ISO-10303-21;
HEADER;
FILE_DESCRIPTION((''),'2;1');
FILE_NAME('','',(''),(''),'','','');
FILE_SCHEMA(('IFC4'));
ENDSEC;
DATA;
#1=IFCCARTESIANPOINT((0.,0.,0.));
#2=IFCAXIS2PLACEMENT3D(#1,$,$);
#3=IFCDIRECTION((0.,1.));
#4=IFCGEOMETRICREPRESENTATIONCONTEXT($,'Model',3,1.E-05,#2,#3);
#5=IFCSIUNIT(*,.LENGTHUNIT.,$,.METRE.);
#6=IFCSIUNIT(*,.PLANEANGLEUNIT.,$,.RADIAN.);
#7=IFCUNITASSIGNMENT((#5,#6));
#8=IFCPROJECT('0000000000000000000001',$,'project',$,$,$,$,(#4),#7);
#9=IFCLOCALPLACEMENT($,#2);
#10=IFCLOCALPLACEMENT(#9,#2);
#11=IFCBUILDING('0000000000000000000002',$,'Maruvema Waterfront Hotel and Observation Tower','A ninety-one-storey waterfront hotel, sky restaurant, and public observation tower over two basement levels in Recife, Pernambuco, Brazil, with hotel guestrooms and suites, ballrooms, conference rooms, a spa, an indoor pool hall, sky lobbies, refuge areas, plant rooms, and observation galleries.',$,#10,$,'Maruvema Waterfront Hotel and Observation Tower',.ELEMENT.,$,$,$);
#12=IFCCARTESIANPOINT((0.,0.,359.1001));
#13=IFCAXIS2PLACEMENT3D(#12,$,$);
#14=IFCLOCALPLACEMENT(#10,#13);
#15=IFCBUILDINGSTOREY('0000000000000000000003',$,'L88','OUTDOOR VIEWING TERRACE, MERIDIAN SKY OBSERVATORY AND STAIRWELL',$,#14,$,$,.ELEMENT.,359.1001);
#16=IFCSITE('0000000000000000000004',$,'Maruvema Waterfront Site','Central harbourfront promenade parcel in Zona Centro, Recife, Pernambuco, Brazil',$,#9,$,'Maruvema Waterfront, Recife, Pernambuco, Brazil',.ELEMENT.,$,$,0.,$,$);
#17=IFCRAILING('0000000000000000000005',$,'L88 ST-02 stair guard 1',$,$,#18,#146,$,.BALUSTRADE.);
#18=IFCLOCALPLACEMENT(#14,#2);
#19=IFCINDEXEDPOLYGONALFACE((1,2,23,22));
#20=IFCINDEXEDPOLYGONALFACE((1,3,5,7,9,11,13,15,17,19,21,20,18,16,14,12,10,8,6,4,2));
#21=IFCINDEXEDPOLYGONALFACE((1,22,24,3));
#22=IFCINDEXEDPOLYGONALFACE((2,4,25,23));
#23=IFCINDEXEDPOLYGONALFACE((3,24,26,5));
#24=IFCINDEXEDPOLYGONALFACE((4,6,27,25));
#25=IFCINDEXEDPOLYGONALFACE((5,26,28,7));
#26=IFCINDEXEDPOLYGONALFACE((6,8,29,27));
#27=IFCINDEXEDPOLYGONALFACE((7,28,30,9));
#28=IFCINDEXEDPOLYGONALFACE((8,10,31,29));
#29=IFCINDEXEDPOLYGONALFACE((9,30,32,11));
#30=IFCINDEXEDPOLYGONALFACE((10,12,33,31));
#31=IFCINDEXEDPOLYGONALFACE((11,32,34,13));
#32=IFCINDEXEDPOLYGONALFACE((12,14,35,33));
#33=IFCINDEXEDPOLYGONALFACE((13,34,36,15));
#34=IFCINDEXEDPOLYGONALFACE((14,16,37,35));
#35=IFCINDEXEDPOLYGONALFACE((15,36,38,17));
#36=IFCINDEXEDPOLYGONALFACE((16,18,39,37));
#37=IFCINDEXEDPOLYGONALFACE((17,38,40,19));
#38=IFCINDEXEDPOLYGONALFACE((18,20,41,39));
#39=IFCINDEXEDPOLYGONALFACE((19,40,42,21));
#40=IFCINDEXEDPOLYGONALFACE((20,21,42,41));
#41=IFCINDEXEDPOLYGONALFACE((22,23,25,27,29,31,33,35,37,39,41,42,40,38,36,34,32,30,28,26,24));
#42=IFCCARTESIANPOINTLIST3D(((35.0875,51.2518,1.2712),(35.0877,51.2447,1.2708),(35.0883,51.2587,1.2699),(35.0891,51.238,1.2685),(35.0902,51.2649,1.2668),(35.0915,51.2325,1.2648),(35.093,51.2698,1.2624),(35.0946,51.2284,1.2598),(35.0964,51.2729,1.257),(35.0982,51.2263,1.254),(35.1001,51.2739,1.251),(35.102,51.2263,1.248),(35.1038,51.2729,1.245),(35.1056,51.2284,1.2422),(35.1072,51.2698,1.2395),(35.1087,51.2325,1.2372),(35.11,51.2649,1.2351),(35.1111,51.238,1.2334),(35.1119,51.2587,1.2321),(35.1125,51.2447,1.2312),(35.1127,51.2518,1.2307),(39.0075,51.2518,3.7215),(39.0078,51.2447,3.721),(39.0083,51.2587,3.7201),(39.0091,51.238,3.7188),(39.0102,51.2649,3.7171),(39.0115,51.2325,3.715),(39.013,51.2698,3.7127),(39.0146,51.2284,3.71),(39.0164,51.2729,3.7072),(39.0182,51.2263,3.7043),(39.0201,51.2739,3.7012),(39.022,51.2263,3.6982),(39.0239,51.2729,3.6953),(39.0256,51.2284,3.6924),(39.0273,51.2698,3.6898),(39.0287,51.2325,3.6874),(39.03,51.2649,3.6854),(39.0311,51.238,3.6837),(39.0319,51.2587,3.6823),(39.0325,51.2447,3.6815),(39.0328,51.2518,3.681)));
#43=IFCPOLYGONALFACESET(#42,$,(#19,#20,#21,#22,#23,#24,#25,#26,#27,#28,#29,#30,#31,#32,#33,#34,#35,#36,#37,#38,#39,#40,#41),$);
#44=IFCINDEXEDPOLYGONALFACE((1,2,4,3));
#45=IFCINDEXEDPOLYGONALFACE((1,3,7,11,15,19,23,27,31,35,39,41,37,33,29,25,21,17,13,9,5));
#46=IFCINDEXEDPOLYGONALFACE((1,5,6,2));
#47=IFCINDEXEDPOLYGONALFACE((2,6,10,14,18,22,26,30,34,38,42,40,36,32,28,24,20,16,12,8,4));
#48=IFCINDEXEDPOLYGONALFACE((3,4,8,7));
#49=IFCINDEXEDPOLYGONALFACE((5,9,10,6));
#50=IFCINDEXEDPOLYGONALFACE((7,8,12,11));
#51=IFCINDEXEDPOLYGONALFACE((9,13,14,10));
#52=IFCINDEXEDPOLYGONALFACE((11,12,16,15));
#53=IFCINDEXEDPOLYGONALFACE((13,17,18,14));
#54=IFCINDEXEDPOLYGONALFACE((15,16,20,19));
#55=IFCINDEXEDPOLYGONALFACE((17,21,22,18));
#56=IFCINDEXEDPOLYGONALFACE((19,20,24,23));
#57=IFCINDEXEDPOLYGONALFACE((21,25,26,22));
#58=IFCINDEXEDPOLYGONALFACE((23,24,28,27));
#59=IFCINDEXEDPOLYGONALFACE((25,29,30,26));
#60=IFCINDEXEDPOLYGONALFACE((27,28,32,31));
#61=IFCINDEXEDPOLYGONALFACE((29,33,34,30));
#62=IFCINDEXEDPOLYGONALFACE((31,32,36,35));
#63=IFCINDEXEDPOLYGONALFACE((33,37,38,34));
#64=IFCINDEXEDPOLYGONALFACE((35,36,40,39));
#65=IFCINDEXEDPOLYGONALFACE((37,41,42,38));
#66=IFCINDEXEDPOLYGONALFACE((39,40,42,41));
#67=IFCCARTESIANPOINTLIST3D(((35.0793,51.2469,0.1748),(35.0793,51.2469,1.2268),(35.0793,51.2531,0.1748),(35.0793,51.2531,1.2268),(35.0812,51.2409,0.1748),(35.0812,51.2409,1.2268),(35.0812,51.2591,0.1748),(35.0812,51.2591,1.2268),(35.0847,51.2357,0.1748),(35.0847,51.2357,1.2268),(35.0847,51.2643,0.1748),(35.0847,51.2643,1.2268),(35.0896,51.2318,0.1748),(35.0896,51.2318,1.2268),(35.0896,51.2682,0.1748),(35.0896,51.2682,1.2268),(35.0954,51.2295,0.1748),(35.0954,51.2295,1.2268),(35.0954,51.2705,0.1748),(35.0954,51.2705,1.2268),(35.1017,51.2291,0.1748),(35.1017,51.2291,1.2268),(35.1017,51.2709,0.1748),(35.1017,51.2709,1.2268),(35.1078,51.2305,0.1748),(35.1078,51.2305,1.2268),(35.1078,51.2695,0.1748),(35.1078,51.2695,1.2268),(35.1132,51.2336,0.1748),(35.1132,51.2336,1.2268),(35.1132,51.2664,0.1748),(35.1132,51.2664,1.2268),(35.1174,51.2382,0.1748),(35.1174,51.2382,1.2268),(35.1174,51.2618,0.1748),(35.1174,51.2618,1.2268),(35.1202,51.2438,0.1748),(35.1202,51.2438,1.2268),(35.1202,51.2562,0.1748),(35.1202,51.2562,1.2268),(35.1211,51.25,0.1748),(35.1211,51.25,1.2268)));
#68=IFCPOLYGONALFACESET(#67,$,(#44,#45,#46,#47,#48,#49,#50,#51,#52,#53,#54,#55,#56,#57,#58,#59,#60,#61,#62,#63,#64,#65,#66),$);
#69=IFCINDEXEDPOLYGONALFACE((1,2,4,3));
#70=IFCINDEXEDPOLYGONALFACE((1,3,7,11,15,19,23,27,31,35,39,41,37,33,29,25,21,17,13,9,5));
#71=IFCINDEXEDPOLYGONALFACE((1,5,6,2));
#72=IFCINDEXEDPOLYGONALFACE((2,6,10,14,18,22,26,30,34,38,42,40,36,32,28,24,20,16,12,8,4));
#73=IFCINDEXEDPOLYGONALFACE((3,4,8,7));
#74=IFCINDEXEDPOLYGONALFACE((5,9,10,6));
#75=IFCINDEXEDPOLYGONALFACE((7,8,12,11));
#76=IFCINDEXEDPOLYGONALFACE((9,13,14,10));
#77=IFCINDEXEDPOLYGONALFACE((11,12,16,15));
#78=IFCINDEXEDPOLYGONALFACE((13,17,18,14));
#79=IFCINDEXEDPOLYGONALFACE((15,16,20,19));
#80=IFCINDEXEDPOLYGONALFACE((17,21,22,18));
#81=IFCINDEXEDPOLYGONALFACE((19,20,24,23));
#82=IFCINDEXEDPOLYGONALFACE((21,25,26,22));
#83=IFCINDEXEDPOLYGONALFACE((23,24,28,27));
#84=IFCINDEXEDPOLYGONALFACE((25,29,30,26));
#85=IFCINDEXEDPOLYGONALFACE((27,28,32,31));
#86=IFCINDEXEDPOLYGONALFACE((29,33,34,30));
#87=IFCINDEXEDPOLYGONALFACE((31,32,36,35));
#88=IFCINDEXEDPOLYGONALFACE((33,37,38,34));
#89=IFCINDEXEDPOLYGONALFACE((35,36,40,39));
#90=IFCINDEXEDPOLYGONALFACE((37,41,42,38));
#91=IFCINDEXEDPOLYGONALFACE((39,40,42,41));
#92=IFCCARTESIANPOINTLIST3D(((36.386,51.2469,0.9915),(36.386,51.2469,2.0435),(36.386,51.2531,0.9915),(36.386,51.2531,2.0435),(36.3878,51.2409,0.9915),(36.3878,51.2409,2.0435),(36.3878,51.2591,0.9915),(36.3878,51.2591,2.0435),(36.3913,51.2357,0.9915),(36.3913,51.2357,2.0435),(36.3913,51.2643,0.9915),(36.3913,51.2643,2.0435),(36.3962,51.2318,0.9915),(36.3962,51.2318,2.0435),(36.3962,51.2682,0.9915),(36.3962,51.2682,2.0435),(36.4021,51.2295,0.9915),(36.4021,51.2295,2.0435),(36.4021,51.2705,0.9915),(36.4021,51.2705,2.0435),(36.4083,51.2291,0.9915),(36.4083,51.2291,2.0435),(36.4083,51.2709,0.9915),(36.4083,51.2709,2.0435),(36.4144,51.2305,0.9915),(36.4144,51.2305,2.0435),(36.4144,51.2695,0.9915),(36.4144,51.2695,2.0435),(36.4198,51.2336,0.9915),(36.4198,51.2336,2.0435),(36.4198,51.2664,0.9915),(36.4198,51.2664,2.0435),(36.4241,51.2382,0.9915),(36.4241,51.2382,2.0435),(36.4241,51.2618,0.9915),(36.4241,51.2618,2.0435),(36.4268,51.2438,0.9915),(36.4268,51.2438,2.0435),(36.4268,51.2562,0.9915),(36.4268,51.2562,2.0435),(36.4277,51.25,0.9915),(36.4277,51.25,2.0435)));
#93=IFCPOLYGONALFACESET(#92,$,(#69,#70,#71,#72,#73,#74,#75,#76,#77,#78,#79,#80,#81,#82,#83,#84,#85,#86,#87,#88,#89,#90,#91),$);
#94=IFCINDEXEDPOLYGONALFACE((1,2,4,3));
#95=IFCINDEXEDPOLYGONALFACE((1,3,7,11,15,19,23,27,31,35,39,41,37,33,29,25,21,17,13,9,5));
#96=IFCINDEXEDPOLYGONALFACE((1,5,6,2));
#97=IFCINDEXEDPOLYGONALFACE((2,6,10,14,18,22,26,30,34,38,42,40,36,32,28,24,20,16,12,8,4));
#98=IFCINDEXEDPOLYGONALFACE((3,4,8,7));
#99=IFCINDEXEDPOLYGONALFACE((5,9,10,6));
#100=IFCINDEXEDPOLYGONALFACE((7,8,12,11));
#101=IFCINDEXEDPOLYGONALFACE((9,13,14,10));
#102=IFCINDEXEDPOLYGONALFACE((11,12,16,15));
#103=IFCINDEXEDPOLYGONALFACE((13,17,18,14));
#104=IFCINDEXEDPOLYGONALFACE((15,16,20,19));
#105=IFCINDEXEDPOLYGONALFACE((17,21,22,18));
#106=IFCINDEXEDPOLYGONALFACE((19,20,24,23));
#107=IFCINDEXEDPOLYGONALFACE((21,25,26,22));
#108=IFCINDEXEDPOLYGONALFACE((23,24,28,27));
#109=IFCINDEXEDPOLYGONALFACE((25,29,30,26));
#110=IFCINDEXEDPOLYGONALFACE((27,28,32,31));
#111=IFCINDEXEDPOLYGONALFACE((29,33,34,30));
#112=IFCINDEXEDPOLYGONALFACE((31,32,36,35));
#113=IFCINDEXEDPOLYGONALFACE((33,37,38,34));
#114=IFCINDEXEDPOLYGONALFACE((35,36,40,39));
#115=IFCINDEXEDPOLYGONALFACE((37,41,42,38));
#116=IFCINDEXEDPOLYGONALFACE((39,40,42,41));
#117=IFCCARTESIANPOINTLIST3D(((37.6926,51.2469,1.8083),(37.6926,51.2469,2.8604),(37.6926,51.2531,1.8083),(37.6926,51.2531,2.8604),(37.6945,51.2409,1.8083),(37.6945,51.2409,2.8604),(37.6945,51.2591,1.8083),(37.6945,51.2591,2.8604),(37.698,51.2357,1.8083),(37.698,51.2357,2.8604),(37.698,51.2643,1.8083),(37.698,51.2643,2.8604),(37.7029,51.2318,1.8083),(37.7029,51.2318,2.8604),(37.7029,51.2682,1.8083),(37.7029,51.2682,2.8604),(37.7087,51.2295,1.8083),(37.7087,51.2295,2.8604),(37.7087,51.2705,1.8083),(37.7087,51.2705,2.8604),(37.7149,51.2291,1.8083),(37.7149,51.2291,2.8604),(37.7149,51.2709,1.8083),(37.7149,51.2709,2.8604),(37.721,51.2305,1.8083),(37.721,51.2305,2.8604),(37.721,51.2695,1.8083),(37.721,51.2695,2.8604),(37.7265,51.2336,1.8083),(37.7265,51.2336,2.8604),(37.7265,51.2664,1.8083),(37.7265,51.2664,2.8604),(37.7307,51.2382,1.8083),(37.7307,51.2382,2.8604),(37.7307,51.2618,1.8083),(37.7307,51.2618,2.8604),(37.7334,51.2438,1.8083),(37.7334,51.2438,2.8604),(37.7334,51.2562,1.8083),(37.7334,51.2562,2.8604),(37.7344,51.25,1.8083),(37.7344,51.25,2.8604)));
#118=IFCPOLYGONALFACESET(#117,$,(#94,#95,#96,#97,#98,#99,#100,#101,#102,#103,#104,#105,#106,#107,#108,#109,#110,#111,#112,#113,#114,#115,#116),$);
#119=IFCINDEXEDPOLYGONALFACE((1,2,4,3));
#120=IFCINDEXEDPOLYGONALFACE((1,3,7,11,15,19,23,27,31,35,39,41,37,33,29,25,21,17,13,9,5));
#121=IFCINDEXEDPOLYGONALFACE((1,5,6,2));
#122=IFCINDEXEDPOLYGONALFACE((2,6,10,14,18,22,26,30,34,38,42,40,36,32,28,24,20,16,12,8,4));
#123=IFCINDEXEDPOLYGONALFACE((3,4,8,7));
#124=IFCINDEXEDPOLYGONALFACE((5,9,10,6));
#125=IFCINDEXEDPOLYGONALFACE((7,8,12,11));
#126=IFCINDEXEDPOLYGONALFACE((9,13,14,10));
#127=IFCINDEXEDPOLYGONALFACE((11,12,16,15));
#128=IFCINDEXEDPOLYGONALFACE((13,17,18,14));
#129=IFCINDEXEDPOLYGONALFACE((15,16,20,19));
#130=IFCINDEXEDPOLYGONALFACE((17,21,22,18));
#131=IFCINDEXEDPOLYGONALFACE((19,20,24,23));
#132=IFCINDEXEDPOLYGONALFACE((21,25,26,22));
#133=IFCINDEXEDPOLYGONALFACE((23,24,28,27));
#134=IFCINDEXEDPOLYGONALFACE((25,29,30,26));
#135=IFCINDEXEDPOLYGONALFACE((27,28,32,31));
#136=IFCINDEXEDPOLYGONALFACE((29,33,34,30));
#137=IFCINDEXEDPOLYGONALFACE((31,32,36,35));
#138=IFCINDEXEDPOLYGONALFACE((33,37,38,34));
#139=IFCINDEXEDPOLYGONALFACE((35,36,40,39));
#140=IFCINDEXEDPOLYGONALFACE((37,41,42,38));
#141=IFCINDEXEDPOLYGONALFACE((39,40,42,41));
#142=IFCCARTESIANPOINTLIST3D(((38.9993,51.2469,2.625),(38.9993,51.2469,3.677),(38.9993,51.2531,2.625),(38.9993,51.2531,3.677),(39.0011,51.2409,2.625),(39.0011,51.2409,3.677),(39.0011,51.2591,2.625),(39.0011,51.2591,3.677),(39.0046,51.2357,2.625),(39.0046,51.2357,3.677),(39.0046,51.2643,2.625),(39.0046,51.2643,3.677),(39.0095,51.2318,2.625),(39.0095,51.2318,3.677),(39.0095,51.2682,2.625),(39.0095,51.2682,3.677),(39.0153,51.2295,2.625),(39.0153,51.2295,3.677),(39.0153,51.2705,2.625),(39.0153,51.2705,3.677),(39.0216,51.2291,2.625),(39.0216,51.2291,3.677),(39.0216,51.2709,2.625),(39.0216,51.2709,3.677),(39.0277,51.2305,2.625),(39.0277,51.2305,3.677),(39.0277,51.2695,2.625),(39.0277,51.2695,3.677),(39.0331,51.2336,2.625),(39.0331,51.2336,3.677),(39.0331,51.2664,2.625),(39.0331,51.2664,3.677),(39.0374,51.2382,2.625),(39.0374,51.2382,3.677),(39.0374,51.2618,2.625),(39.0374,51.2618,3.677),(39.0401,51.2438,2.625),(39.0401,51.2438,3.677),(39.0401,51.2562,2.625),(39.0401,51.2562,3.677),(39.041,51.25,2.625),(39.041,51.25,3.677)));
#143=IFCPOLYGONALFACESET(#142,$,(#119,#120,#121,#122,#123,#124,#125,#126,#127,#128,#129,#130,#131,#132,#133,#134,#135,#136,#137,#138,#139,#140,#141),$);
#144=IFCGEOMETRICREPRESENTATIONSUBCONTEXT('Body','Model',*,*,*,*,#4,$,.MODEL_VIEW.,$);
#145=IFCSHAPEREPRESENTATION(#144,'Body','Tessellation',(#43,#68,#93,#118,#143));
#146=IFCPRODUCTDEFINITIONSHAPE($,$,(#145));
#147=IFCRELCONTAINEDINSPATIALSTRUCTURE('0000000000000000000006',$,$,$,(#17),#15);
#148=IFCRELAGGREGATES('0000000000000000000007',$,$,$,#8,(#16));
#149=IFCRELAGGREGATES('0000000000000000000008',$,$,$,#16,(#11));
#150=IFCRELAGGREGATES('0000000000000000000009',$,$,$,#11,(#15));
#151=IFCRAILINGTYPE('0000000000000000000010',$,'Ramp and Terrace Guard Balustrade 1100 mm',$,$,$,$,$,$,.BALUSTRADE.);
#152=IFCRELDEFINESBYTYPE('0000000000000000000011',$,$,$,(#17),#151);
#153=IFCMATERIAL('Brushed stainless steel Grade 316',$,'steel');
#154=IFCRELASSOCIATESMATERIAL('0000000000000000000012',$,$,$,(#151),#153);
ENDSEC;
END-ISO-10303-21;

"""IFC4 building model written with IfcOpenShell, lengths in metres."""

from ifc_helpers import new_model, si_unit, direction, frame, origin, origin_2d, place, context, subcontext, project, spatial, circle, extrude, material, type_object, element, save


model = new_model("IFC4")

# Units and contexts
model_context = context("Model", 3, precision=1e-05, world=origin(), true_north=direction((0.0, 1.0)))
body_context = subcontext(model_context, "Body", "Model", "MODEL_VIEW")
ifc_project = project(units=[si_unit("LENGTHUNIT", "METRE"), si_unit("PLANEANGLEUNIT", "RADIAN")], contexts=[model_context])

# Site, building, storey
site_placement = place(None, origin())
site = spatial("IfcSite", under=ifc_project, at=site_placement, Name="Maruvema Waterfront Site", Description="Central harbourfront promenade parcel in Zona Centro, Recife, Pernambuco, Brazil", LongName="Maruvema Waterfront, Recife, Pernambuco, Brazil", CompositionType="ELEMENT", RefElevation=0.0)
building_placement = place(site_placement, origin())
building = spatial("IfcBuilding", under=site, at=building_placement, Name="Maruvema Waterfront Hotel and Observation Tower", Description="A ninety-one-storey waterfront hotel, sky restaurant, and public observation tower over two basement levels in Recife, Pernambuco, Brazil, with hotel guestrooms and suites, ballrooms, conference rooms, a spa, an indoor pool hall, sky lobbies, refuge areas, plant rooms, and observation galleries.", LongName="Maruvema Waterfront Hotel and Observation Tower", CompositionType="ELEMENT")
storey_placement = place(building_placement, frame((0.0, 0.0, 359.1001)))
storey = spatial("IfcBuildingStorey", under=building, at=storey_placement, Name="L88", Description="OUTDOOR VIEWING TERRACE, MERIDIAN SKY OBSERVATORY AND STAIRWELL", CompositionType="ELEMENT", Elevation=359.1001)

# Railing
ifc_material_1 = material(Name="Brushed stainless steel Grade 316", Category="steel")
railing_type_1 = type_object("IfcRailingType", Name="Ramp and Terrace Guard Balustrade 1100 mm", PredefinedType="BALUSTRADE", material=ifc_material_1)
railing_1_placement = place(storey_placement, frame((35.1001, 51.25, 0.1748)))
element("IfcRailing", 1, at=railing_1_placement, inside=storey, type_object=railing_type_1, Name="L88 ST-02 stair guard 1", PredefinedType="BALUSTRADE", context=body_context, shape_type="SweptSolid", body=[
    extrude(circle(Radius=0.0239, at=origin_2d()), frame((0.0, 0.0, 1.0762), z_axis=(0.847975, 0.0, 0.530037), x_axis=(0.0, 1.0, 0.0)), (0.0, 0.0, 1.0), 4.6228),
    extrude(circle(Radius=0.021, at=origin_2d()), origin(), (0.0, 0.0, 1.0), 1.052),
    extrude(circle(Radius=0.021, at=origin_2d()), frame((1.3066, 0.0, 0.8167)), (0.0, 0.0, 1.0), 1.052),
    extrude(circle(Radius=0.021, at=origin_2d()), frame((2.6133, 0.0, 1.6335)), (0.0, 0.0, 1.0), 1.052),
    extrude(circle(Radius=0.021, at=origin_2d()), frame((3.9199, 0.0, 2.4502)), (0.0, 0.0, 1.0), 1.052),
])

save(model, "model.ifc")
